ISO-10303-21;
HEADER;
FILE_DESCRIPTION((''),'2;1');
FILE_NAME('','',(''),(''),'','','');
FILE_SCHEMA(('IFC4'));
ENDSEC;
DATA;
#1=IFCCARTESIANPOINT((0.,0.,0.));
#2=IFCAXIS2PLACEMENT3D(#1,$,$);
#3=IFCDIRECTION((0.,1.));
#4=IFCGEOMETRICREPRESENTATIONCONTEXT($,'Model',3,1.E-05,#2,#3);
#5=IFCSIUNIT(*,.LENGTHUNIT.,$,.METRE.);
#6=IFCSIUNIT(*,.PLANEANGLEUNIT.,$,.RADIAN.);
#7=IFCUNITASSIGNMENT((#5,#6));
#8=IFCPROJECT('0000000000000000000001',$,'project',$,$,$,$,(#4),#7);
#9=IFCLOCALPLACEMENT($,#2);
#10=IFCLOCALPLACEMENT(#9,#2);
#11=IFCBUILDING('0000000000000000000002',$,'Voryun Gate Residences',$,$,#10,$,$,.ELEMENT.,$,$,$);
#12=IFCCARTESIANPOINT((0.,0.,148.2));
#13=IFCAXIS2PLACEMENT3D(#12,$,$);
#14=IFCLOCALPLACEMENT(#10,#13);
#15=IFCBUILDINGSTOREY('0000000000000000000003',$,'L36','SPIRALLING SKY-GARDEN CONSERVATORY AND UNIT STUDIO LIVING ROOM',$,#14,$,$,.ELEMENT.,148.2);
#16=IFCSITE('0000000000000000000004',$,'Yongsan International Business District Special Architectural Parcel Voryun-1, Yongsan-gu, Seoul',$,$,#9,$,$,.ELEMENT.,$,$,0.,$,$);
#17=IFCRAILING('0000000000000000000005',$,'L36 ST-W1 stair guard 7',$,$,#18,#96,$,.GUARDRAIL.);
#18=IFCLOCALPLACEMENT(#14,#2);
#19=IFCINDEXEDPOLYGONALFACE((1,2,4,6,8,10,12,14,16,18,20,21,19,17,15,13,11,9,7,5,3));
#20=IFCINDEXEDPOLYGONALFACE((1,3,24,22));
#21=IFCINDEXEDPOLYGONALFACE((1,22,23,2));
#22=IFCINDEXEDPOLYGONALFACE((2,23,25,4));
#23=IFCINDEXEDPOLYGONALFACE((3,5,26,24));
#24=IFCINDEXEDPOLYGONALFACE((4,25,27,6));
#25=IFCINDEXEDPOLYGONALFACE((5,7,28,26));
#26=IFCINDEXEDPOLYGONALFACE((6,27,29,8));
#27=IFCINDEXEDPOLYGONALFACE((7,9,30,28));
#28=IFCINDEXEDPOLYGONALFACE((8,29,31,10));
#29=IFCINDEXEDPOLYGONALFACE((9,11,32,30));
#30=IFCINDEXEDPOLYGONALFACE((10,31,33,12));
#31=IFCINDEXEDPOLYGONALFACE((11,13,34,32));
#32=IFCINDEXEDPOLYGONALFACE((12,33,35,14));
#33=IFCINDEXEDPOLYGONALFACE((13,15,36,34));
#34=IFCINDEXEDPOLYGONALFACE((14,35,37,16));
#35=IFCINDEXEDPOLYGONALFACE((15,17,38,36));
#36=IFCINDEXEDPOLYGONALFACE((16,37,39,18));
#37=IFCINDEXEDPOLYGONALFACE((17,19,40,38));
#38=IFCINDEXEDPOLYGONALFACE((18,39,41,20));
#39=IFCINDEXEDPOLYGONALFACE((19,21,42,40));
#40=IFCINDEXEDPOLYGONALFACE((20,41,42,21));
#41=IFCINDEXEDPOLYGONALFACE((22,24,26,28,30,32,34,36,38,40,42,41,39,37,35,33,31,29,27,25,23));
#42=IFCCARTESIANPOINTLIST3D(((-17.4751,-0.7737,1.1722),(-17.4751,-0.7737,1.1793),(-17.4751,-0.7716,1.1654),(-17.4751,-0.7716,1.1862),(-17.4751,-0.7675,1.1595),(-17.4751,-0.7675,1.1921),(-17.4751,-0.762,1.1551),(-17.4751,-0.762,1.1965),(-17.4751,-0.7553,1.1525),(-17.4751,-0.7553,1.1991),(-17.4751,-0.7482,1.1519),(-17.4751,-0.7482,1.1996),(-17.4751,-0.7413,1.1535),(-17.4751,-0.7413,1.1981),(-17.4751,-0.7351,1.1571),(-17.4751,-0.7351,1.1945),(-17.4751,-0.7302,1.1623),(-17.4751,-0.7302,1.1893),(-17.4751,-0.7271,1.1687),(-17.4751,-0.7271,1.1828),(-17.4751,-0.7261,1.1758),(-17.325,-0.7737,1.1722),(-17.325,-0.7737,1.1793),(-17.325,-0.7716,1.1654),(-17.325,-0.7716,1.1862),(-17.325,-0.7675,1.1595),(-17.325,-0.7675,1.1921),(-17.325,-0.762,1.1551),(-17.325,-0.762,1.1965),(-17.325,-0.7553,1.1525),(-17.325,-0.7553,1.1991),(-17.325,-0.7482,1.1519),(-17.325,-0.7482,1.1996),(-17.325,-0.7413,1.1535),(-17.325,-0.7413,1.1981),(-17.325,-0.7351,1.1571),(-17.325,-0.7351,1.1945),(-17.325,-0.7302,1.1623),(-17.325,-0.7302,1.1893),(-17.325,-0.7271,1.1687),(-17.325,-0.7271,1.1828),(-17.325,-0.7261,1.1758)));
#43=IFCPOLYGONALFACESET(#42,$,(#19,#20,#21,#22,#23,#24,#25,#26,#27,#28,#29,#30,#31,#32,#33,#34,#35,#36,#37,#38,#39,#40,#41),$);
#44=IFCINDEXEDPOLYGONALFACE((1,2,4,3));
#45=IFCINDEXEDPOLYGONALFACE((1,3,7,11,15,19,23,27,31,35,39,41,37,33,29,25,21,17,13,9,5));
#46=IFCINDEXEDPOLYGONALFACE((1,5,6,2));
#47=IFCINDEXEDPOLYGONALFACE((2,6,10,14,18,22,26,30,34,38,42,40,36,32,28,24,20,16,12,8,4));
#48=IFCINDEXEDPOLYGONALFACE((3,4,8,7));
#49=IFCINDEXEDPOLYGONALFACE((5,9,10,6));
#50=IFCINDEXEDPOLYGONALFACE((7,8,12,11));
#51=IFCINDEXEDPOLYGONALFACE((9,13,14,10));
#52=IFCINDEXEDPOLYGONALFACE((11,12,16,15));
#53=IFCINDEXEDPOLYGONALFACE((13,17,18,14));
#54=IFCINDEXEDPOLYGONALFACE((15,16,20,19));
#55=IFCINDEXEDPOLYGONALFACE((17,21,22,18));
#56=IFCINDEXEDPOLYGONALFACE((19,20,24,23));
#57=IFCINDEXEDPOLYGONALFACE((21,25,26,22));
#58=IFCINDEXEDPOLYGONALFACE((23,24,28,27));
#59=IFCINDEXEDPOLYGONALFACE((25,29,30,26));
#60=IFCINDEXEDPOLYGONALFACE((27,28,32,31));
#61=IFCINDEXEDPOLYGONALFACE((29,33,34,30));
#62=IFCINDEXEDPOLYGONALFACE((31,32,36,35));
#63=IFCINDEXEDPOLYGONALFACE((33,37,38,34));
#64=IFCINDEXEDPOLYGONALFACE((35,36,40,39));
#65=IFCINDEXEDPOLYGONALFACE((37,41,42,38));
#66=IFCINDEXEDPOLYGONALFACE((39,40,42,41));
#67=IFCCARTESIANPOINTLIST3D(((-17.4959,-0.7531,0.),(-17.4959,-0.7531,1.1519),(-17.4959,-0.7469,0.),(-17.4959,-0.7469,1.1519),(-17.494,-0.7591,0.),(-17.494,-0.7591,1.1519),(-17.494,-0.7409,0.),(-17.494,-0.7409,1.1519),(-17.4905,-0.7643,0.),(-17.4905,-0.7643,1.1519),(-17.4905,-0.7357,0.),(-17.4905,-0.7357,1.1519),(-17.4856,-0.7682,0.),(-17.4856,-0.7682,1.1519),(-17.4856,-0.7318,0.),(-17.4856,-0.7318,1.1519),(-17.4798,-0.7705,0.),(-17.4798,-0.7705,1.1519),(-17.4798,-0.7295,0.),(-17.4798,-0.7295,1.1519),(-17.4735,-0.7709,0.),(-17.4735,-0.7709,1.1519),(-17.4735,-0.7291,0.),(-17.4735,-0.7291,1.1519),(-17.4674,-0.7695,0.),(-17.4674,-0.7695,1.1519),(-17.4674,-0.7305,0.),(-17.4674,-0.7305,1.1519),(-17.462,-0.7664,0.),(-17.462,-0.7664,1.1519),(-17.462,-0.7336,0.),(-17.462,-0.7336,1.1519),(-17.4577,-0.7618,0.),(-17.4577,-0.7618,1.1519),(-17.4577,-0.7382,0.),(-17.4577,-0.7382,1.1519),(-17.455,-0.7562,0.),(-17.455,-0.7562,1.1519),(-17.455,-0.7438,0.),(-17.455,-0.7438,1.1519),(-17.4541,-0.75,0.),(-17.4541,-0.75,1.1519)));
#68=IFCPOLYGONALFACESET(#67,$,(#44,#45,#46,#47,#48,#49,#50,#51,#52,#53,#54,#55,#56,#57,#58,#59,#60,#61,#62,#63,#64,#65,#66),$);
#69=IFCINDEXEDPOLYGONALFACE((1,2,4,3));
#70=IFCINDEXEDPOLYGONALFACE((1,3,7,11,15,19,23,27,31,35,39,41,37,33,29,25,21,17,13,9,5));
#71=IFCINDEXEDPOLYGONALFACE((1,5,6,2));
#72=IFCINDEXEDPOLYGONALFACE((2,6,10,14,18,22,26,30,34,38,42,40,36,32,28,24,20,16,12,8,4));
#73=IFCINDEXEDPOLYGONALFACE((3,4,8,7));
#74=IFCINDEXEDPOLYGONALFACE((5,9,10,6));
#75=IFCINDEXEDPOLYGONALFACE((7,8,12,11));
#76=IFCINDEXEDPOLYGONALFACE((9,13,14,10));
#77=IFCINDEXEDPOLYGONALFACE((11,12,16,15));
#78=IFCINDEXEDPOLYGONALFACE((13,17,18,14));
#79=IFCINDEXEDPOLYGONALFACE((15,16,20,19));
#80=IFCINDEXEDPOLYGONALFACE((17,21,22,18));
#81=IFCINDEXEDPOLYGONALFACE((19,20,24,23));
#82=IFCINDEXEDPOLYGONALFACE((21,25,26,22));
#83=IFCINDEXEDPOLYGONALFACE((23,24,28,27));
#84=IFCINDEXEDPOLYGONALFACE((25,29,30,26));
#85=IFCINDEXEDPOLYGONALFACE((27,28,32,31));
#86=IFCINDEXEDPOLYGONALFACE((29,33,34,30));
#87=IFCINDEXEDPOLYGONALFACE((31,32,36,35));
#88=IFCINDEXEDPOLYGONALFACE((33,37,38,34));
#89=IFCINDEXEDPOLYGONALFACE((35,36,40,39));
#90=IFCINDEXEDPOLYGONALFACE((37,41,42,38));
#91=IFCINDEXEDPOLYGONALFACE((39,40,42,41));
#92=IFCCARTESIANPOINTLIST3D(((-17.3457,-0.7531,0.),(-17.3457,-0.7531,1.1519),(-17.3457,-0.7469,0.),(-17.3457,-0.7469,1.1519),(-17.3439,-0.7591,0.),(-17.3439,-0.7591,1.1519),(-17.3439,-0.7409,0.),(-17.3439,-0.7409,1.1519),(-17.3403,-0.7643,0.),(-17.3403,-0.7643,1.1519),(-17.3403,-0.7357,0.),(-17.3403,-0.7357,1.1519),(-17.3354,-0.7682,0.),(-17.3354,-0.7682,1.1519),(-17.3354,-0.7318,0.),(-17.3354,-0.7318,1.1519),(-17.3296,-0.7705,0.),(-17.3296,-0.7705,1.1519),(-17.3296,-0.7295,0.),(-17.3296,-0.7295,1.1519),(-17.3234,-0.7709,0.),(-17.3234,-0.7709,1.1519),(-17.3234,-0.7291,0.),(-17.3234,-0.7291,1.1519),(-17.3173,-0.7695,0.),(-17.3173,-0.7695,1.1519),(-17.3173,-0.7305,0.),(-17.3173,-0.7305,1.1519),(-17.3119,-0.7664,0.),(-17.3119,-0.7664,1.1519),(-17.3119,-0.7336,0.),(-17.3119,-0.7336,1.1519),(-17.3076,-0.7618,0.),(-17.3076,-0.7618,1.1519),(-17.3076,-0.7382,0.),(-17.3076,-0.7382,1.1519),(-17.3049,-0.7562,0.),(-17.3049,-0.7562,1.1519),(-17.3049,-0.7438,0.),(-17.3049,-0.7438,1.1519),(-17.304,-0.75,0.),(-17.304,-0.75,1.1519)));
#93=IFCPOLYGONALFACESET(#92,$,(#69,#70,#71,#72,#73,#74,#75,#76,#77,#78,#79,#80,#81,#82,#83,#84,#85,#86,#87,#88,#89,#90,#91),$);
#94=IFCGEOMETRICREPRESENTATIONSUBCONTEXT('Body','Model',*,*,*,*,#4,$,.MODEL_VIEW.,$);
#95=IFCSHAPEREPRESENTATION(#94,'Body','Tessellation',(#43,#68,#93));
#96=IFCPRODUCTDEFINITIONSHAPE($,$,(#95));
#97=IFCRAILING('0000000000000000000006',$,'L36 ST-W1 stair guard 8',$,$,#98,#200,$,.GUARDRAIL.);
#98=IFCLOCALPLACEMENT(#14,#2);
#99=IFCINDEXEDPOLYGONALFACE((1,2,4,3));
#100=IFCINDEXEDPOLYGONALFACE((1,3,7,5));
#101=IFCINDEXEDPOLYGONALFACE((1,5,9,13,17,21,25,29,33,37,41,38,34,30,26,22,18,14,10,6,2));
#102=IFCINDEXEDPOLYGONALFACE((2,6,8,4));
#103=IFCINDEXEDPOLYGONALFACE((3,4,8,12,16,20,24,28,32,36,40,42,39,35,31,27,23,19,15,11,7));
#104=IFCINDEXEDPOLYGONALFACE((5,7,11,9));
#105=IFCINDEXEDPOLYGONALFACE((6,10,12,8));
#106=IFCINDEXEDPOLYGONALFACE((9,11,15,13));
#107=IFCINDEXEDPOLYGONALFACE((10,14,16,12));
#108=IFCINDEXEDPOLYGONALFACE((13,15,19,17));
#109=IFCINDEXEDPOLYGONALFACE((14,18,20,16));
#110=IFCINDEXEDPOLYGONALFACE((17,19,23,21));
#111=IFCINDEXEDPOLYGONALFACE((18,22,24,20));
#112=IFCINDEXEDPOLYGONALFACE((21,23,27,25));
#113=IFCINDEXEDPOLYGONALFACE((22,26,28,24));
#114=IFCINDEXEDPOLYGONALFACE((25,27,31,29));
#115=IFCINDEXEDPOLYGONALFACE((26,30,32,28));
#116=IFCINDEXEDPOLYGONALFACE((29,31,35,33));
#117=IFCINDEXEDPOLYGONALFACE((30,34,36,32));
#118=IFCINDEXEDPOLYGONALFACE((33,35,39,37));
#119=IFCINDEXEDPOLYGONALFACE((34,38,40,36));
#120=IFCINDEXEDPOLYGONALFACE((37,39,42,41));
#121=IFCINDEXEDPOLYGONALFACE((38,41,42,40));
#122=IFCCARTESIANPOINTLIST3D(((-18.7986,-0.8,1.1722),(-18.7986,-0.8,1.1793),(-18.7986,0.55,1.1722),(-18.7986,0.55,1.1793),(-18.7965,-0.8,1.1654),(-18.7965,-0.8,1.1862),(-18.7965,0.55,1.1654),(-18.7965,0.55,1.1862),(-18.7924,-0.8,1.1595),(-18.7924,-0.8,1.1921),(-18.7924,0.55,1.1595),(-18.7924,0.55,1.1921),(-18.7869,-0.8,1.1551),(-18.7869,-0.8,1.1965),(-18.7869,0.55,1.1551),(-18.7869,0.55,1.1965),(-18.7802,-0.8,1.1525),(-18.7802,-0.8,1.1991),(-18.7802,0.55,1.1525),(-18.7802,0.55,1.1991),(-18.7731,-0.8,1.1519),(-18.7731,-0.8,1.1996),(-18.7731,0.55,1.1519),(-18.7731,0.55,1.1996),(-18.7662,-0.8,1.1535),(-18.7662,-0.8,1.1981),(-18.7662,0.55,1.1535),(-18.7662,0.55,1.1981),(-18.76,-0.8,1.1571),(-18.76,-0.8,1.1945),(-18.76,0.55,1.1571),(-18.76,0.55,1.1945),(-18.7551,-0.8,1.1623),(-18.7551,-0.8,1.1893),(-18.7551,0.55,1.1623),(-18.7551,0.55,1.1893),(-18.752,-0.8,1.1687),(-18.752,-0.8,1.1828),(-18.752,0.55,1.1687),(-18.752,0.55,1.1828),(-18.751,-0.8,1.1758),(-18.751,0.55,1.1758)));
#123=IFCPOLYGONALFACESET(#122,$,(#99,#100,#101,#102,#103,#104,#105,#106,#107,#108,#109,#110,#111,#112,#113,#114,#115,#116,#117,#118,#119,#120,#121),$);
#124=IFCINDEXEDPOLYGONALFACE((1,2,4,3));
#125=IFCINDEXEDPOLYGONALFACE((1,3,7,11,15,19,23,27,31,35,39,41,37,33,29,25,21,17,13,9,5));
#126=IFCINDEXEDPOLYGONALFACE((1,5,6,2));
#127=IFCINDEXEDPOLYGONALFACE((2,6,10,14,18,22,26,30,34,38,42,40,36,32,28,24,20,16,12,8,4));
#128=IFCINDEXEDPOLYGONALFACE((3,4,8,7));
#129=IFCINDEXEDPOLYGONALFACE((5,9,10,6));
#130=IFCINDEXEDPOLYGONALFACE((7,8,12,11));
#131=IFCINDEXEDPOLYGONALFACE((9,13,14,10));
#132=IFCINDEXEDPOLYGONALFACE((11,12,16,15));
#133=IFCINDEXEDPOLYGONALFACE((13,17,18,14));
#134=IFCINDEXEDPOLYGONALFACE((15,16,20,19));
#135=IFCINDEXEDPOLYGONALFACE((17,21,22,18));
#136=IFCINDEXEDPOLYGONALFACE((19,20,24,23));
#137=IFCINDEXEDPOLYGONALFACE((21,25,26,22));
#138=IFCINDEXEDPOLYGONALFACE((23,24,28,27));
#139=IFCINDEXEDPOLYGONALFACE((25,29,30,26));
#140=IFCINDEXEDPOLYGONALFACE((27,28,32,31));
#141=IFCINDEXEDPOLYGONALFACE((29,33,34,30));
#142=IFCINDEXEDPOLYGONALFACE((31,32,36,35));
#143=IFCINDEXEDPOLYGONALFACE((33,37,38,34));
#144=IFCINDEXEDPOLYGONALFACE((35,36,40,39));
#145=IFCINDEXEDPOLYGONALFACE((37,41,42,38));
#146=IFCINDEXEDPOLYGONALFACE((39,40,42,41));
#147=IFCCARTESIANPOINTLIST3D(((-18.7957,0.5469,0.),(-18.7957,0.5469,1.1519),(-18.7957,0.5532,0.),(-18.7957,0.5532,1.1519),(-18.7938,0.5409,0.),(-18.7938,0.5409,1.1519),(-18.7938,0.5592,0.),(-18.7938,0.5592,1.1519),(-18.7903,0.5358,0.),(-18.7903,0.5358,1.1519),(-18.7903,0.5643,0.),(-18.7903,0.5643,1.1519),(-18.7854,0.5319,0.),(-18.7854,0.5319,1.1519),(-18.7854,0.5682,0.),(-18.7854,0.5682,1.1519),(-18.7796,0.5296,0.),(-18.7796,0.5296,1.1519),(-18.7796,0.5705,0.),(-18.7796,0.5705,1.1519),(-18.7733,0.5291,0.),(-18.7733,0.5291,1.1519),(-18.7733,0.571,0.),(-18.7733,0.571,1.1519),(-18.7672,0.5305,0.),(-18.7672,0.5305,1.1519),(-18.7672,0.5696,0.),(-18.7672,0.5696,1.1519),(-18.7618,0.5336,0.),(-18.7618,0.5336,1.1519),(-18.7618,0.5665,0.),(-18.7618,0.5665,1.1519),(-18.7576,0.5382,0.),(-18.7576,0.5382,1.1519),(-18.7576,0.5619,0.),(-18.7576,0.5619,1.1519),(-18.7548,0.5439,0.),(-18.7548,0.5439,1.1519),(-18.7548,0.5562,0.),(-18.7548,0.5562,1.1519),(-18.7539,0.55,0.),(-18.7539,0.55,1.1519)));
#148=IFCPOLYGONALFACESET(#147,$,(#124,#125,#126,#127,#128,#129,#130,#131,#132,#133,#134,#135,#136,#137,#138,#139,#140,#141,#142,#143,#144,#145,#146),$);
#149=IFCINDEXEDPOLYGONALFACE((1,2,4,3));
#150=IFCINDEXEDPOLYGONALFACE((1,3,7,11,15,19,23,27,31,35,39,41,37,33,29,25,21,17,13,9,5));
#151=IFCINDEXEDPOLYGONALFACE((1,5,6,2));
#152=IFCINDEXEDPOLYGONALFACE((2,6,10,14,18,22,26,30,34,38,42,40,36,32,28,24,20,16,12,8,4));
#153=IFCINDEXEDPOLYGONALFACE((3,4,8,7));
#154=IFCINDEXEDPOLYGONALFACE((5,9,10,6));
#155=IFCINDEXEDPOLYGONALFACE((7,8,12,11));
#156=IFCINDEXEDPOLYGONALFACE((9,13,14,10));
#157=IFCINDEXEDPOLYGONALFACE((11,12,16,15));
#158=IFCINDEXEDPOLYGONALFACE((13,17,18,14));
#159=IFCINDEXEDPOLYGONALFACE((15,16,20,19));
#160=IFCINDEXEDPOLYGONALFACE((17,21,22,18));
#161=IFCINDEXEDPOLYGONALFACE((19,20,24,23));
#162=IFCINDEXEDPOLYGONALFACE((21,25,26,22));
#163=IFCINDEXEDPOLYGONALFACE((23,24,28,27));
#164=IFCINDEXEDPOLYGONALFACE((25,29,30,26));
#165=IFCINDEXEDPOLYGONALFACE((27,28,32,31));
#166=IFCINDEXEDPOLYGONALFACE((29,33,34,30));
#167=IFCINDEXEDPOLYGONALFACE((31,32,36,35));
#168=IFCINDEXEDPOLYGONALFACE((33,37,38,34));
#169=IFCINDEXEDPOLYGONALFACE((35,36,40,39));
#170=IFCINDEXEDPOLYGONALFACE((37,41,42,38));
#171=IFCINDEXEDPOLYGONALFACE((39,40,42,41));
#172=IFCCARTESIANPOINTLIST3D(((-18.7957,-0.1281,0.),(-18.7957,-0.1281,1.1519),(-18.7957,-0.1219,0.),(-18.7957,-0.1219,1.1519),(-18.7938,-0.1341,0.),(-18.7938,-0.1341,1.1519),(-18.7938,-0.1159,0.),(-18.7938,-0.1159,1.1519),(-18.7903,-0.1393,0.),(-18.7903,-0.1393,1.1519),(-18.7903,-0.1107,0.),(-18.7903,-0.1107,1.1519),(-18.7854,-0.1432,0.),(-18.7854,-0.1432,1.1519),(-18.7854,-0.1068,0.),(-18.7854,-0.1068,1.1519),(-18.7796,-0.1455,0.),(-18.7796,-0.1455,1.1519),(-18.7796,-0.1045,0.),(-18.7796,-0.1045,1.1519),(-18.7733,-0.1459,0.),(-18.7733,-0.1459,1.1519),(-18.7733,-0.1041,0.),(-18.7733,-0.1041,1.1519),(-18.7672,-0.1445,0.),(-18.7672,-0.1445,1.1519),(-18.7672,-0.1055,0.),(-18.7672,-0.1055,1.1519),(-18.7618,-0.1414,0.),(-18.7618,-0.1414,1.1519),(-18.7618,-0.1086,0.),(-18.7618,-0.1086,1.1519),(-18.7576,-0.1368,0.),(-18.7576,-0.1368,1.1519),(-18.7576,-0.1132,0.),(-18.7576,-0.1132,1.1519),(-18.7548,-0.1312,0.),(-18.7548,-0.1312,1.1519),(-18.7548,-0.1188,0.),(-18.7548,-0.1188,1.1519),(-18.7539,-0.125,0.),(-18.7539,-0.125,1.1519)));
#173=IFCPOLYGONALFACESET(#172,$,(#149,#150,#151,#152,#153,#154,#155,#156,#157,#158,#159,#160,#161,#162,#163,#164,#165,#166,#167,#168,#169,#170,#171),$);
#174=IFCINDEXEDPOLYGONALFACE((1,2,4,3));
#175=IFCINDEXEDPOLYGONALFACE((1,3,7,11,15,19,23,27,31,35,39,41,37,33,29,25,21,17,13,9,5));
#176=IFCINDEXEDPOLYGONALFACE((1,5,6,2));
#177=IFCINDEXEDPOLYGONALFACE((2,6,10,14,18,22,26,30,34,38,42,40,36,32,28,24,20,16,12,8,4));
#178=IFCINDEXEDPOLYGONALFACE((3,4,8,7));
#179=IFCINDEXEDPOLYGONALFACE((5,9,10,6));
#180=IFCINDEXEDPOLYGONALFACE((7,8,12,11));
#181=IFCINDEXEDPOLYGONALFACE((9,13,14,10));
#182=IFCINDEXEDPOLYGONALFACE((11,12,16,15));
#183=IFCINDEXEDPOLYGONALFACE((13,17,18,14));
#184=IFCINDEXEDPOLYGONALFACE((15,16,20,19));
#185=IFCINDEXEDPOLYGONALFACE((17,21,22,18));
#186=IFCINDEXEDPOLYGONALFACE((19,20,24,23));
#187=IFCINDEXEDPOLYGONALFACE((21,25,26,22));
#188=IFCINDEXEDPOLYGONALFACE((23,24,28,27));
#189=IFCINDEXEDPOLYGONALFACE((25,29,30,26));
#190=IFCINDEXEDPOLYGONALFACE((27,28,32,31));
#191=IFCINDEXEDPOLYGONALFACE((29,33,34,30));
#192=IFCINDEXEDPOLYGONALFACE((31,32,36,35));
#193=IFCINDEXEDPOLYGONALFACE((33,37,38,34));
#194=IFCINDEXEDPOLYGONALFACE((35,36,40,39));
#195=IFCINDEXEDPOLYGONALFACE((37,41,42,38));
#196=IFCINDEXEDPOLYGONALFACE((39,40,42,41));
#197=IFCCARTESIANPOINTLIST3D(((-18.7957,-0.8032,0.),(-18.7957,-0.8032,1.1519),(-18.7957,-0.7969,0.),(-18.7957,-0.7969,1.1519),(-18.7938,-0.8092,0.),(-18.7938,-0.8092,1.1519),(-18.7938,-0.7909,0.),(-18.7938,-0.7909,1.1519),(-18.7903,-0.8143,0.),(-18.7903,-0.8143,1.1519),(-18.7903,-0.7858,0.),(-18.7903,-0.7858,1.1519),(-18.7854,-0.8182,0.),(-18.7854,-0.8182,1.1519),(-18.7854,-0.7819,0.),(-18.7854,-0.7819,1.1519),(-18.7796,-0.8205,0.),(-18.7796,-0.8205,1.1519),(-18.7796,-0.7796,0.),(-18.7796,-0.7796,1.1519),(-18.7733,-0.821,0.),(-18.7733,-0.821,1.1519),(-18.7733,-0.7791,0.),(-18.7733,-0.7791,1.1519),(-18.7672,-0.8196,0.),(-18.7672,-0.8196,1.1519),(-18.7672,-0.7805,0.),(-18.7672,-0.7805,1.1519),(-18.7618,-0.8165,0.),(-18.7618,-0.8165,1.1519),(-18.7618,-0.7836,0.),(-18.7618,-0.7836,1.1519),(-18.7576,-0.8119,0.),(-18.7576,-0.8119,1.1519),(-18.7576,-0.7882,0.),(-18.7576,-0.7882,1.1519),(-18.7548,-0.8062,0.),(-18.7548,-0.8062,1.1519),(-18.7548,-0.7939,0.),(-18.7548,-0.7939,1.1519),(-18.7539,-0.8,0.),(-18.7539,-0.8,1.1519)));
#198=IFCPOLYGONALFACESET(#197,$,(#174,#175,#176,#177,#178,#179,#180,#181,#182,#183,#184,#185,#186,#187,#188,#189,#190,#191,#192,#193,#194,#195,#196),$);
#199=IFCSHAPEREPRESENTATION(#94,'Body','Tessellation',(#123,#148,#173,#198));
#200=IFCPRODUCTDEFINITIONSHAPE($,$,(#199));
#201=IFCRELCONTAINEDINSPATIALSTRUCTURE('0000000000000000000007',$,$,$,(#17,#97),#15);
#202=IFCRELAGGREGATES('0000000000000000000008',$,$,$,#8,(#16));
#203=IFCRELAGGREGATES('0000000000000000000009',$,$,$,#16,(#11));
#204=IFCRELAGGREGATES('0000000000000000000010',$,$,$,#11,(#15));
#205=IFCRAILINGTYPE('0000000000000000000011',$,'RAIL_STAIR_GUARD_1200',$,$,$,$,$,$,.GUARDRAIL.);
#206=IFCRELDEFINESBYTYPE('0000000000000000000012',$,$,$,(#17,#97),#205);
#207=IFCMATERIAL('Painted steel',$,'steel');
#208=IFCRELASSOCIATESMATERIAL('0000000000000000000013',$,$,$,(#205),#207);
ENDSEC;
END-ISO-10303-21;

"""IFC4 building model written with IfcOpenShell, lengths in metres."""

from ifc_helpers import new_model, si_unit, direction, frame, origin, origin_2d, place, context, subcontext, project, spatial, circle, extrude, material, type_object, element, save


model = new_model("IFC4")

# Units and contexts
model_context = context("Model", 3, precision=1e-05, world=origin(), true_north=direction((0.0, 1.0)))
body_context = subcontext(model_context, "Body", "Model", "MODEL_VIEW")
ifc_project = project(units=[si_unit("LENGTHUNIT", "METRE"), si_unit("PLANEANGLEUNIT", "RADIAN")], contexts=[model_context])

# Site, building, storey
site_placement = place(None, origin())
site = spatial("IfcSite", under=ifc_project, at=site_placement, Name="Yongsan International Business District Special Architectural Parcel Voryun-1, Yongsan-gu, Seoul", CompositionType="ELEMENT", RefElevation=0.0)
building_placement = place(site_placement, origin())
building = spatial("IfcBuilding", under=site, at=building_placement, Name="Voryun Gate Residences", CompositionType="ELEMENT")
storey_placement = place(building_placement, frame((0.0, 0.0, 148.2)))
storey = spatial("IfcBuildingStorey", under=building, at=storey_placement, Name="L36", Description="SPIRALLING SKY-GARDEN CONSERVATORY AND UNIT STUDIO LIVING ROOM", CompositionType="ELEMENT", Elevation=148.2)

# Railings
ifc_material_1 = material(Name="Painted steel", Category="steel")
railing_type_1 = type_object("IfcRailingType", Name="RAIL_STAIR_GUARD_1200", PredefinedType="GUARDRAIL", material=ifc_material_1)
railing_1_placement = place(storey_placement, frame((-17.4751, -0.75, 0.0)))
element("IfcRailing", 1, at=railing_1_placement, inside=storey, type_object=railing_type_1, Name="L36 ST-W1 stair guard 7", PredefinedType="GUARDRAIL", context=body_context, shape_type="SweptSolid", body=[
    extrude(circle(Radius=0.0239, at=origin_2d()), frame((0.0, 0.0, 1.1758), z_axis=(1.0, 0.0, 0.0), x_axis=(0.0, 1.0, 0.0)), (0.0, 0.0, 1.0), 0.1501),
    extrude(circle(Radius=0.021, at=origin_2d()), origin(), (0.0, 0.0, 1.0), 1.1519),
    extrude(circle(Radius=0.021, at=origin_2d()), frame((0.1501, 0.0, 0.0)), (0.0, 0.0, 1.0), 1.1519),
])
for number, where, name in (
    (2, (-18.7749, 0.55, 0.0), "L36 ST-W1 stair guard 8"),
):
    element("IfcRailing", number, at=place(storey_placement, frame(where)), inside=storey, type_object=railing_type_1, Name=name, PredefinedType="GUARDRAIL", context=body_context, shape_type="SweptSolid", body=[
        extrude(circle(Radius=0.0239, at=origin_2d()), frame((0.0, 0.0, 1.1758), z_axis=(0.0, -1.0, 0.0), x_axis=(1.0, 0.0, 0.0)), (0.0, 0.0, 1.0), 1.3501),
        extrude(circle(Radius=0.021, at=origin_2d()), origin(), (0.0, 0.0, 1.0), 1.1519),
        extrude(circle(Radius=0.021, at=origin_2d()), frame((0.0, -0.675, 0.0)), (0.0, 0.0, 1.0), 1.1519),
        extrude(circle(Radius=0.021, at=origin_2d()), frame((0.0, -1.3501, 0.0)), (0.0, 0.0, 1.0), 1.1519),
    ])

save(model, "model.ifc")
